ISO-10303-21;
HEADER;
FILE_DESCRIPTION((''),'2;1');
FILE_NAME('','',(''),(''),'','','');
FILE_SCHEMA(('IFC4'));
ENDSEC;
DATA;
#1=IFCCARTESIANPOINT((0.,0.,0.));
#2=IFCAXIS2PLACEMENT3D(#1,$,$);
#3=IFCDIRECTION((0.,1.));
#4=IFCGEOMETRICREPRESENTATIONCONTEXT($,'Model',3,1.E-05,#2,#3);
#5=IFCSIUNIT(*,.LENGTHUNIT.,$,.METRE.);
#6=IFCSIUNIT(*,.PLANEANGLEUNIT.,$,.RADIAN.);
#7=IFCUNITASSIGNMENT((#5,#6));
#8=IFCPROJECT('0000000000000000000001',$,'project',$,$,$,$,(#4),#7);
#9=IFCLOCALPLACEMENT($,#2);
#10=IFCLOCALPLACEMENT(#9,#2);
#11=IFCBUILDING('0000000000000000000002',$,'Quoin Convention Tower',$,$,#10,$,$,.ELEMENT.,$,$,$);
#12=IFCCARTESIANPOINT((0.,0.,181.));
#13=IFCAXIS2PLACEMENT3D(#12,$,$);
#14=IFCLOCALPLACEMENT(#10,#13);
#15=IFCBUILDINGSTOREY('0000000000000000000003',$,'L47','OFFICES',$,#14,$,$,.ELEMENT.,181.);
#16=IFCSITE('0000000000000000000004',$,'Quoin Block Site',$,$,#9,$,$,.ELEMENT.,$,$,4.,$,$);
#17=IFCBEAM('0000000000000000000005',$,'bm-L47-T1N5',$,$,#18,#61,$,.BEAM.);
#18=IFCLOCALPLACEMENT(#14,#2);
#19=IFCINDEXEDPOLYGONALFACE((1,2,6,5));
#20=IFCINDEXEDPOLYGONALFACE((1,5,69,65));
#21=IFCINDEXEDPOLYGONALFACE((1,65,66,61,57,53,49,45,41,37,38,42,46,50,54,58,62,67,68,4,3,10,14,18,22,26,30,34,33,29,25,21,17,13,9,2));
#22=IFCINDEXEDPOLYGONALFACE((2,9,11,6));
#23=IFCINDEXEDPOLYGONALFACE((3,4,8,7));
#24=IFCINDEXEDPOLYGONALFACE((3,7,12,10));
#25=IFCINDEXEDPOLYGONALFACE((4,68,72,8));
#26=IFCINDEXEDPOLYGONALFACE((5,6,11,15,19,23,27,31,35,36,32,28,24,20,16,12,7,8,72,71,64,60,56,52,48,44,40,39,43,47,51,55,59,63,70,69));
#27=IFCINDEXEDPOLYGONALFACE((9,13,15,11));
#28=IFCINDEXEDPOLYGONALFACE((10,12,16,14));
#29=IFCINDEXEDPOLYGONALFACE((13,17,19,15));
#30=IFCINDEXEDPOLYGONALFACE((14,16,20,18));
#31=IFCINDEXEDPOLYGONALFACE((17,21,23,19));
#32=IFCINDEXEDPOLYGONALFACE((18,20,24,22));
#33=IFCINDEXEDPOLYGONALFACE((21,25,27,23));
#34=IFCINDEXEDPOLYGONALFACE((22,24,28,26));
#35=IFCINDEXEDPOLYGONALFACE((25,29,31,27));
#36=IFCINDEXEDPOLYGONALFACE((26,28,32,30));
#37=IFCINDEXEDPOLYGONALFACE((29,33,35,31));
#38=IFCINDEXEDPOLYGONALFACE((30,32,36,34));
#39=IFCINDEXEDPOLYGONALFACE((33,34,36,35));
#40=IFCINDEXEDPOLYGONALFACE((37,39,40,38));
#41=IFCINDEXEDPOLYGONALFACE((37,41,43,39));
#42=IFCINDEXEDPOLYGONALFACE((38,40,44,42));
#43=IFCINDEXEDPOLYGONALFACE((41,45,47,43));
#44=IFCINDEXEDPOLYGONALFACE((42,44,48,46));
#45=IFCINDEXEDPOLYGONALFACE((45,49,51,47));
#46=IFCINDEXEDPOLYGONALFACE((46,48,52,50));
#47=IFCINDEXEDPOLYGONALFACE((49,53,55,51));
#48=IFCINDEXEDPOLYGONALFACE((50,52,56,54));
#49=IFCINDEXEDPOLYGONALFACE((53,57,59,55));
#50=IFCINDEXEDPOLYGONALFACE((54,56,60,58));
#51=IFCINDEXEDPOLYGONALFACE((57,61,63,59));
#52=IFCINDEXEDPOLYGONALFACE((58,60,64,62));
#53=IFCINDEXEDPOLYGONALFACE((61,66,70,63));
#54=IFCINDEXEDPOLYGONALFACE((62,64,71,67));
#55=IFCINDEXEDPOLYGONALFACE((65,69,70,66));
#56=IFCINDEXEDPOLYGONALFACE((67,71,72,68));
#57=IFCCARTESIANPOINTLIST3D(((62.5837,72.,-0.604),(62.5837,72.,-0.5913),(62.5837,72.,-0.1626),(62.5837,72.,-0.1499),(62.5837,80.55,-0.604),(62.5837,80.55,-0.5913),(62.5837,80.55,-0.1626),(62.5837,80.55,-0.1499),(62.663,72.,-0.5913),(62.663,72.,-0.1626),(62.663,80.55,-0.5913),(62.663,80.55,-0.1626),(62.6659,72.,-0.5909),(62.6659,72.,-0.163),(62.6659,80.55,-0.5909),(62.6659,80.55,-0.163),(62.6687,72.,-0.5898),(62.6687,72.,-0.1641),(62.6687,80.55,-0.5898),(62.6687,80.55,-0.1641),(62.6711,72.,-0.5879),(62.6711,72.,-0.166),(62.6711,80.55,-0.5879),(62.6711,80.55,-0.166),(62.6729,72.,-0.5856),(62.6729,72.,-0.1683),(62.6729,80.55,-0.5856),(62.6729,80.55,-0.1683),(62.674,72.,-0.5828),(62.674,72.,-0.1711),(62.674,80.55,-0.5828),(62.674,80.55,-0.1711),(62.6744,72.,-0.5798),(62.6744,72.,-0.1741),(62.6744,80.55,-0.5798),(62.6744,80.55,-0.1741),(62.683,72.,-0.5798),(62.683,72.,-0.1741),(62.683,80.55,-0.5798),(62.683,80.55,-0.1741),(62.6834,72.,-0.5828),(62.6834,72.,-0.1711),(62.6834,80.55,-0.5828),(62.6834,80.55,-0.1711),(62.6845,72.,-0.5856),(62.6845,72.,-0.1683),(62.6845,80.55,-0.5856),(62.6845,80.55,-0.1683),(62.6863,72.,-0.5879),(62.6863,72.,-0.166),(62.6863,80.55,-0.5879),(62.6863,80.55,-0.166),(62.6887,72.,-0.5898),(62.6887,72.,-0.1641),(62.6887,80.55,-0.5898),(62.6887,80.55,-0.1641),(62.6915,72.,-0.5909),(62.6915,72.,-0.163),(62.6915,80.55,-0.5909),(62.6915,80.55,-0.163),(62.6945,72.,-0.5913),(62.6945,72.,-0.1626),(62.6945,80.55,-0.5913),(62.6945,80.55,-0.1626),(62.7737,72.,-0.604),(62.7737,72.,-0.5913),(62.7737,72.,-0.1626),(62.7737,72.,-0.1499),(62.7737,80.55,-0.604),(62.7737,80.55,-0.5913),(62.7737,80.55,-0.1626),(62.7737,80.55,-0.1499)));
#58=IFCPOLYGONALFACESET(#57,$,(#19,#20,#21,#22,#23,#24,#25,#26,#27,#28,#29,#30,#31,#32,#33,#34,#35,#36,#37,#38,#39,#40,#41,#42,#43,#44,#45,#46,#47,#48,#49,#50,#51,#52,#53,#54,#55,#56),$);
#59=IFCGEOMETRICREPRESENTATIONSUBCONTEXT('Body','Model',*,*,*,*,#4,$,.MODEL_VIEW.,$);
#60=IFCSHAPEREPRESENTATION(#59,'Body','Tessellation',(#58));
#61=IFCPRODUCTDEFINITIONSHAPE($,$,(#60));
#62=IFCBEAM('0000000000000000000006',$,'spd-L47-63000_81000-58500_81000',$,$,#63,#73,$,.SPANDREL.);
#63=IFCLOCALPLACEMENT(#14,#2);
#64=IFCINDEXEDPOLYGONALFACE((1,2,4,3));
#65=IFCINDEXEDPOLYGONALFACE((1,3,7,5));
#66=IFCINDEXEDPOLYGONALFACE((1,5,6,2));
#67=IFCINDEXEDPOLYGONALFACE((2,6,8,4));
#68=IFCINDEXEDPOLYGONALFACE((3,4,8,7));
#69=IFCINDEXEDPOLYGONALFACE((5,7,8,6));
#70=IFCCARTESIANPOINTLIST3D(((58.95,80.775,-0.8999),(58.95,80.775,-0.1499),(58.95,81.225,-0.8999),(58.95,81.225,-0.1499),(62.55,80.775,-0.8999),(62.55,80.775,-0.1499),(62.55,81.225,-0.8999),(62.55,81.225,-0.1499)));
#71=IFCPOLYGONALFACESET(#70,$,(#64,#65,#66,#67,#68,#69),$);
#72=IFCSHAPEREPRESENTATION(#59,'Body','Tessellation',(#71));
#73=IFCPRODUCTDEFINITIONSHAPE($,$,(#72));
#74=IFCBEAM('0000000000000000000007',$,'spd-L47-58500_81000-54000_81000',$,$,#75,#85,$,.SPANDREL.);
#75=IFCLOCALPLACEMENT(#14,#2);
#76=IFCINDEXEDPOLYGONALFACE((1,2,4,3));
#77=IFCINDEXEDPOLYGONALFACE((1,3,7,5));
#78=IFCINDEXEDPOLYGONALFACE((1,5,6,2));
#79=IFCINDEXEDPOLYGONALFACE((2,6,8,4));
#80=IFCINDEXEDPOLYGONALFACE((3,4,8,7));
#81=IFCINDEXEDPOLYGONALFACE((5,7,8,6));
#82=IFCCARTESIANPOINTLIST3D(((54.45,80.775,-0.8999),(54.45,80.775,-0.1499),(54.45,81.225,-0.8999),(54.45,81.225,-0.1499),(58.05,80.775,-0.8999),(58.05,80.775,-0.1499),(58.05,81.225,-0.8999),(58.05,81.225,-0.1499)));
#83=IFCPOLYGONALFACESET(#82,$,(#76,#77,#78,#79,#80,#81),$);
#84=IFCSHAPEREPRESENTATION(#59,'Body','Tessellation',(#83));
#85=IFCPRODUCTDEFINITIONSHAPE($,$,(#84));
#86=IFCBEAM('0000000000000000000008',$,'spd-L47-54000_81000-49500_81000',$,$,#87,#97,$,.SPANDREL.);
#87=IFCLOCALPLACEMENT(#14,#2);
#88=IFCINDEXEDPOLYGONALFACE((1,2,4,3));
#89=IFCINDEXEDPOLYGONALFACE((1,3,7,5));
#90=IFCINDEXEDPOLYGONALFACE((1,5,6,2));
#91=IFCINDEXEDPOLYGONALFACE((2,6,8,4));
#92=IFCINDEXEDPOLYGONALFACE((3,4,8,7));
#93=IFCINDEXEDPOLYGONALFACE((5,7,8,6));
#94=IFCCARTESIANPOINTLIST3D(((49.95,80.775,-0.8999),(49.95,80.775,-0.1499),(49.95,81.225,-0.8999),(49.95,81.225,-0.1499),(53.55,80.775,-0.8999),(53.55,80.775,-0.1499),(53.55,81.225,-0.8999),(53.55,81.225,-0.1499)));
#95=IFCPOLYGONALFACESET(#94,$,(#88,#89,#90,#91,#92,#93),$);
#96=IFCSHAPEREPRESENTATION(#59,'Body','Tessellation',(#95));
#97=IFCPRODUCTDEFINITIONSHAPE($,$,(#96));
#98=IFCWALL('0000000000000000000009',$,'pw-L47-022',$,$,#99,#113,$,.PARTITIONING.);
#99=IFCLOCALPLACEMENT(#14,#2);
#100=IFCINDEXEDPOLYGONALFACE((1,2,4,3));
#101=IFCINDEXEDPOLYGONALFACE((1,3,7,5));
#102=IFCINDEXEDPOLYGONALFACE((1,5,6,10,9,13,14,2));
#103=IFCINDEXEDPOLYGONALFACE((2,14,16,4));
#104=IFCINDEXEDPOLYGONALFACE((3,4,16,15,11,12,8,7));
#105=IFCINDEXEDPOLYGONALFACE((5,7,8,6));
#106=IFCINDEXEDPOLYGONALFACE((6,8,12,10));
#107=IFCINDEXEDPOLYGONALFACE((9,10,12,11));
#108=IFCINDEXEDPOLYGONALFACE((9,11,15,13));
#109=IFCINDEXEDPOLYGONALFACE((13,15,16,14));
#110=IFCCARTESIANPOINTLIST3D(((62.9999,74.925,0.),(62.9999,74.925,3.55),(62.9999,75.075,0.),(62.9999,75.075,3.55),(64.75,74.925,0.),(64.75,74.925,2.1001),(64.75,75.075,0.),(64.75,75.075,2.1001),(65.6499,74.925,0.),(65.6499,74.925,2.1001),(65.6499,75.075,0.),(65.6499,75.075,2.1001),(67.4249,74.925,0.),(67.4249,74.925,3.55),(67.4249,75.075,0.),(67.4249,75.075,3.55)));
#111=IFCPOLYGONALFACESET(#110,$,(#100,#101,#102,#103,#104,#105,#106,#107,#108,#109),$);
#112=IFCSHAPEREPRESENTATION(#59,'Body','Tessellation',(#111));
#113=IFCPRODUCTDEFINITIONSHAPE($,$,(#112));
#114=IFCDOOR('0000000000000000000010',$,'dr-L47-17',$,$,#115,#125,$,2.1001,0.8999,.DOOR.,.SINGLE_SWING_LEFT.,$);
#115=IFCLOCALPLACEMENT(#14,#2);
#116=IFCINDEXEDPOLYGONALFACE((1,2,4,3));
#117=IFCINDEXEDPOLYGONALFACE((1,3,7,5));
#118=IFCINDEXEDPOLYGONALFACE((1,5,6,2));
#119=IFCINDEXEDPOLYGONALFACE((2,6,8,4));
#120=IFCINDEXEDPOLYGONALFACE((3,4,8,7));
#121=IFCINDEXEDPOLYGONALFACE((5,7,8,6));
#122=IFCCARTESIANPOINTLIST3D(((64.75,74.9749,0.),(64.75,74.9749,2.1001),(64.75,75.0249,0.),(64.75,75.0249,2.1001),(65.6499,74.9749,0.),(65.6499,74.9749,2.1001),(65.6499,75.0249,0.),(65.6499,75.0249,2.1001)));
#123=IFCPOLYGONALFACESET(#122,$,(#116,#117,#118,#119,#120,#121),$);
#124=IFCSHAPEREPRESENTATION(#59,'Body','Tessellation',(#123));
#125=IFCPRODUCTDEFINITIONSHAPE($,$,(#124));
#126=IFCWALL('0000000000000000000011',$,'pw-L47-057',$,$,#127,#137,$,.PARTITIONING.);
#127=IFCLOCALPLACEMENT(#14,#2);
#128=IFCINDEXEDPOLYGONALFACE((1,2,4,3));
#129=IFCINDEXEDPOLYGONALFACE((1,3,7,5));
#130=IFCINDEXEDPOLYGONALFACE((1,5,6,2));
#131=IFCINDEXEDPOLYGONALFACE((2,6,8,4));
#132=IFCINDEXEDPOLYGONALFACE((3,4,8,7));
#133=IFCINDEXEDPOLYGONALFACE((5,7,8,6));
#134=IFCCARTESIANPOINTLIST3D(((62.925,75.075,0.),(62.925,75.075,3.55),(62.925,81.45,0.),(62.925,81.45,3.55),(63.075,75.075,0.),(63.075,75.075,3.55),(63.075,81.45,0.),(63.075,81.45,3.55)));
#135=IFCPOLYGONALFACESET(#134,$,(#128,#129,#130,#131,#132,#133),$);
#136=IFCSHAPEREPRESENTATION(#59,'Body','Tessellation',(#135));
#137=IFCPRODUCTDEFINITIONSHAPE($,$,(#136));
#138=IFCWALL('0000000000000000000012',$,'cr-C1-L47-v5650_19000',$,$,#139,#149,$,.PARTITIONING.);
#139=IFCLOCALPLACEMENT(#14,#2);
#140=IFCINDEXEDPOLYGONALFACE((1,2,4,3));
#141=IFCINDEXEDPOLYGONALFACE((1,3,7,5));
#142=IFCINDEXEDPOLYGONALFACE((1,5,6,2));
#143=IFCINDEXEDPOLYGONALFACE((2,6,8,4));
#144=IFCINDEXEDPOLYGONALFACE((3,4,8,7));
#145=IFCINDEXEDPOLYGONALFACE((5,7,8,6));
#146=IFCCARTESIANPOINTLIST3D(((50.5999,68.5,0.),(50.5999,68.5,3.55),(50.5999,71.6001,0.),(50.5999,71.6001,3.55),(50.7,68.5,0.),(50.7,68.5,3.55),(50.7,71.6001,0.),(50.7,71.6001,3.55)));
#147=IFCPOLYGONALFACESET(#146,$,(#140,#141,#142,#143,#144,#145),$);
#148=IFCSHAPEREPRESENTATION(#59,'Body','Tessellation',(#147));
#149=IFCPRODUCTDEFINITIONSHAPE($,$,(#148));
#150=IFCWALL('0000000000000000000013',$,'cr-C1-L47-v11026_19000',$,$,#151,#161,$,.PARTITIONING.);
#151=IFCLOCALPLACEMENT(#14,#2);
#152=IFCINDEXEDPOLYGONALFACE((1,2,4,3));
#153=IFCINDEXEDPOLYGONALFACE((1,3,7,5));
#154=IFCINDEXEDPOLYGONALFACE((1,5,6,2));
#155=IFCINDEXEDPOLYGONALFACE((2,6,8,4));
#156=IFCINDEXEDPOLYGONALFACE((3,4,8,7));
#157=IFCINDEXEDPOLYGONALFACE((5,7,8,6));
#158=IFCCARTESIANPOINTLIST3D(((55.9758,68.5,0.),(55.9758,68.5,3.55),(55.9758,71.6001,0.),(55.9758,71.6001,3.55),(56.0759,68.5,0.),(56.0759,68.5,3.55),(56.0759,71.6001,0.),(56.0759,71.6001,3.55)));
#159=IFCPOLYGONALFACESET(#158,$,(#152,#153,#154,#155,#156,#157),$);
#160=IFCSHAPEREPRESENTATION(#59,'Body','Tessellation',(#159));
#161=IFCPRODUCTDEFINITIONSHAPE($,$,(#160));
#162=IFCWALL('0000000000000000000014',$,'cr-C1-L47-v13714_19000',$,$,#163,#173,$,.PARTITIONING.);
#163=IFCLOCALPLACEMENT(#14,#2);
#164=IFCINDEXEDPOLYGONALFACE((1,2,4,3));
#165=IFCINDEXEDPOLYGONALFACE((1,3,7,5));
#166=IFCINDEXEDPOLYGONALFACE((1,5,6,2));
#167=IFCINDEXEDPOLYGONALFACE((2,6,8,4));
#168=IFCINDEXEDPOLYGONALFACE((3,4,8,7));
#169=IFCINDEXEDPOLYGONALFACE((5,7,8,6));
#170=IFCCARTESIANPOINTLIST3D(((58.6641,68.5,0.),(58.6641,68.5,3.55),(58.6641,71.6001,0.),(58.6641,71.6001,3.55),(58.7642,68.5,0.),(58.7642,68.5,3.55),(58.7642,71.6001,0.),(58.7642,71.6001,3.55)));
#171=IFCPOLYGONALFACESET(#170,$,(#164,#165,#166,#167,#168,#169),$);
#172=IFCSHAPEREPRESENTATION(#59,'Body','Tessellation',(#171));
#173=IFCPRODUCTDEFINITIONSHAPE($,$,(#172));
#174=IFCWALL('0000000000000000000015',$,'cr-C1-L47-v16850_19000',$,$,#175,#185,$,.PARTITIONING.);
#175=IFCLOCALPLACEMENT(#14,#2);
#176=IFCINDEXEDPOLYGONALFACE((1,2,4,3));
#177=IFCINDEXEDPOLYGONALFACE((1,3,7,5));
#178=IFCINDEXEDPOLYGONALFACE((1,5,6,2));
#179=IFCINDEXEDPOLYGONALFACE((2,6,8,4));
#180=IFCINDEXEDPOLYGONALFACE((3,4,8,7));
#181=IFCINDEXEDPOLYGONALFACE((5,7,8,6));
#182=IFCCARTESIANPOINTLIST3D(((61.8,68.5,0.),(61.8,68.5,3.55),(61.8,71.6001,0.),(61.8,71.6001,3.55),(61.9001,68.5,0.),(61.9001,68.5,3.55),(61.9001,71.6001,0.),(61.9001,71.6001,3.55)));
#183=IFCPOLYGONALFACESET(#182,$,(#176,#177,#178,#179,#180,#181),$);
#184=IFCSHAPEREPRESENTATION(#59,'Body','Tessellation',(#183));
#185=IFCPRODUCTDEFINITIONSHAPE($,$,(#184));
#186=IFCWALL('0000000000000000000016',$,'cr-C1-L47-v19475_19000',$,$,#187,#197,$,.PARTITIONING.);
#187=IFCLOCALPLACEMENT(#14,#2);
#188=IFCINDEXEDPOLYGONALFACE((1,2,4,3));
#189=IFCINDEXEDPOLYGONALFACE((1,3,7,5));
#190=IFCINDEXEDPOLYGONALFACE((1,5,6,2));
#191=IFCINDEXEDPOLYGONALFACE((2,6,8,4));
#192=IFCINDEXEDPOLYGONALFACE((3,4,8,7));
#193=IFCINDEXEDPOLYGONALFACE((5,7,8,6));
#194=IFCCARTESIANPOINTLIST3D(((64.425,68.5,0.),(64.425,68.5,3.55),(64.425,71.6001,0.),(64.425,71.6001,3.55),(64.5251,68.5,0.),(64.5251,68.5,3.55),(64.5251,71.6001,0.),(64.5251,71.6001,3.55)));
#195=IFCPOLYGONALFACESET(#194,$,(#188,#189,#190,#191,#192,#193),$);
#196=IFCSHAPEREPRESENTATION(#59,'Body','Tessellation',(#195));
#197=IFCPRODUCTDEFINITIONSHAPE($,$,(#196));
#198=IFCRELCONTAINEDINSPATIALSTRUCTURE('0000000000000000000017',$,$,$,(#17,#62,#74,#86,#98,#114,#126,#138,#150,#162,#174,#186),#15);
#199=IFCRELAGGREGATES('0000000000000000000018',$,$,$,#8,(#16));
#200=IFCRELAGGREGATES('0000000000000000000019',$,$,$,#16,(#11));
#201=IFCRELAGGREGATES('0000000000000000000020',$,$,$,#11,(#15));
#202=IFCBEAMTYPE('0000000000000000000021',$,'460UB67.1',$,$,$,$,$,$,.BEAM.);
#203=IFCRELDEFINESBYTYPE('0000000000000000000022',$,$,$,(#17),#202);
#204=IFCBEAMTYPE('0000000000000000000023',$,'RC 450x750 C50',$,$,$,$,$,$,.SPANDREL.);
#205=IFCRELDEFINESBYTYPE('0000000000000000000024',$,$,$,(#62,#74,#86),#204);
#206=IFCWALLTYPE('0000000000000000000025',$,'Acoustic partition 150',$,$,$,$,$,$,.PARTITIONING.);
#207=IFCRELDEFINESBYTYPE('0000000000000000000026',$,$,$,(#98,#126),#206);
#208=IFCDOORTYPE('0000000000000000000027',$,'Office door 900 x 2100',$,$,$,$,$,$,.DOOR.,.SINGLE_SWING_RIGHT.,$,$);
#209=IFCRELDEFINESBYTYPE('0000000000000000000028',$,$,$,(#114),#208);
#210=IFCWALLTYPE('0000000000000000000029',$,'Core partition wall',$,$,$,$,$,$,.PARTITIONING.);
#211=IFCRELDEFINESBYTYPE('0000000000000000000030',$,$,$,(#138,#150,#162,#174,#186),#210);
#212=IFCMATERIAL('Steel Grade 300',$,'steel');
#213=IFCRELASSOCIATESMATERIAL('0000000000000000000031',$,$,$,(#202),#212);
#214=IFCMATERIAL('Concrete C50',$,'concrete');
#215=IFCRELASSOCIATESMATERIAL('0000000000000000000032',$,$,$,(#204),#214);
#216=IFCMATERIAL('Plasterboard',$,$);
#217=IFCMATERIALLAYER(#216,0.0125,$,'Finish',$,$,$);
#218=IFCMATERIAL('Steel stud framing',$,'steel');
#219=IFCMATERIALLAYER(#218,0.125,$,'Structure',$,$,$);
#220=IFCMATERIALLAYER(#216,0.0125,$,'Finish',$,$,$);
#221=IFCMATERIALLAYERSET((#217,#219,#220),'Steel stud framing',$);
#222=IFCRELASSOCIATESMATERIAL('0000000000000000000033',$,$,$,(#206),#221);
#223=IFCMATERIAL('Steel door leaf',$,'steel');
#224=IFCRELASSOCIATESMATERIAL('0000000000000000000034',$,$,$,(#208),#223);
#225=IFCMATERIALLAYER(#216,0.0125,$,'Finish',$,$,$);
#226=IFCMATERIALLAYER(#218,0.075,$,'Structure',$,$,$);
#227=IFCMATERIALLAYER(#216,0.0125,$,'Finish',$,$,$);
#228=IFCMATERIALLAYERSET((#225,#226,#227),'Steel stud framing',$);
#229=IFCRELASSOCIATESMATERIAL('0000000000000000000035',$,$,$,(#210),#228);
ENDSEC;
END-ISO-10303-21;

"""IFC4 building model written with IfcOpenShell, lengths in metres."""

from ifc_helpers import new_model, si_unit, direction, frame, frame_2d, origin, origin_2d, place, context, subcontext, project, spatial, rectangle, i_section, extrude, material, layer, layer_set, material_profile, profile_set, type_object, element, fill, save


model = new_model("IFC4")

# Units and contexts
model_context = context("Model", 3, precision=1e-05, world=origin(), true_north=direction((0.0, 1.0)))
body_context = subcontext(model_context, "Body", "Model", "MODEL_VIEW")
ifc_project = project(units=[si_unit("LENGTHUNIT", "METRE"), si_unit("PLANEANGLEUNIT", "RADIAN")], contexts=[model_context])

# Site, building, storey
site_placement = place(None, origin())
site = spatial("IfcSite", under=ifc_project, at=site_placement, Name="Quoin Block Site", CompositionType="ELEMENT", RefElevation=4.0)
building_placement = place(site_placement, origin())
building = spatial("IfcBuilding", under=site, at=building_placement, Name="Quoin Convention Tower", CompositionType="ELEMENT")
storey_placement = place(building_placement, frame((0.0, 0.0, 181.0)))
storey = spatial("IfcBuildingStorey", under=building, at=storey_placement, Name="L47", Description="OFFICES", CompositionType="ELEMENT", Elevation=181.0)

# Shared definitions
ifc_material_1 = material(Name="Concrete C50", Category="concrete")

# Beams
ifc_material_2 = material(Name="Steel Grade 300", Category="steel")
ifc_material_profile_1 = material_profile(ifc_material_2, i_section(OverallWidth=0.1899, OverallDepth=0.4541, WebThickness=0.0085, FlangeThickness=0.0127, FilletRadius=0.0115, at=origin_2d()), Name="460UB67.1")
ifc_profile_set_1 = profile_set([ifc_material_profile_1], Name="Steel Grade 300")
beam_type_1 = type_object("IfcBeamType", Name="460UB67.1", PredefinedType="BEAM", material=ifc_profile_set_1)
beam_placement = place(storey_placement, frame((62.6787, 72.0, -0.377), z_axis=(0.0, 1.0, 0.0), x_axis=(-1.0, 0.0, 0.0)))
element("IfcBeam", 1, at=beam_placement, inside=storey, type_object=beam_type_1, Name="bm-L47-T1N5", PredefinedType="BEAM", context=body_context, shape_type="SweptSolid", body=[
    extrude(i_section(OverallWidth=0.1899, OverallDepth=0.4541, WebThickness=0.0085, FlangeThickness=0.0127, FilletRadius=0.0115, at=origin_2d()), origin(), (0.0, 0.0, 1.0), 8.55),
])
ifc_material_profile_2 = material_profile(ifc_material_1, rectangle(XDim=0.45, YDim=0.75, at=origin_2d()), Name="RC 450x750")
ifc_profile_set_2 = profile_set([ifc_material_profile_2], Name="Concrete C50")
beam_type_2 = type_object("IfcBeamType", Name="RC 450x750 C50", PredefinedType="SPANDREL", material=ifc_profile_set_2)
for number, where, z_axis, x_axis, name in (
    (2, (62.55, 81.0, -0.5249), (-1.0, 0.0, 0.0), (0.0, -1.0, 0.0), "spd-L47-63000_81000-58500_81000"),
    (3, (58.05, 81.0, -0.5249), (-1.0, 0.0, 0.0), (0.0, -1.0, 0.0), "spd-L47-58500_81000-54000_81000"),
    (4, (53.55, 81.0, -0.5249), (-1.0, 0.0, 0.0), (0.0, -1.0, 0.0), "spd-L47-54000_81000-49500_81000"),
):
    element("IfcBeam", number, at=place(storey_placement, frame(where, z_axis=z_axis, x_axis=x_axis)), inside=storey, type_object=beam_type_2, Name=name, PredefinedType="SPANDREL", context=body_context, shape_type="SweptSolid", body=[
        extrude(rectangle(XDim=0.45, YDim=0.75, at=origin_2d()), origin(), (0.0, 0.0, 1.0), 3.6001),
    ])

# Wall, opening, door
ifc_material_3 = material(Name="Plasterboard")
ifc_layer_1 = layer(ifc_material_3, 0.0125, Name="Finish")
ifc_material_4 = material(Name="Steel stud framing", Category="steel")
ifc_layer_2 = layer(ifc_material_4, 0.125, Name="Structure")
ifc_layer_3 = layer(ifc_material_3, 0.0125, Name="Finish")
ifc_layer_set_1 = layer_set([ifc_layer_1, ifc_layer_2, ifc_layer_3], Name="Steel stud framing")
wall_type_1 = type_object("IfcWallType", Name="Acoustic partition 150", PredefinedType="PARTITIONING", material=ifc_layer_set_1)
wall_1_placement = place(storey_placement, frame((63.0, 75.0, 0.0), z_axis=(0.0, 0.0, 1.0), x_axis=(1.0, 0.0, 0.0)))
wall_1 = element("IfcWall", 5, at=wall_1_placement, inside=storey, type_object=wall_type_1, Name="pw-L47-022", PredefinedType="PARTITIONING", context=body_context, shape_type="SweptSolid", body=[
    extrude(rectangle(XDim=4.425, YDim=0.1499, at=frame_2d((2.2124, 0.0))), origin(), (0.0, 0.0, 1.0), 3.55),
])
opening_placement = place(wall_1_placement, frame((1.75, 0.0, 0.0)))
opening = element("IfcOpeningElement", 6, at=opening_placement, cuts=wall_1, PredefinedType="OPENING", context=body_context, shape_type="SweptSolid", body=[
    extrude(rectangle(XDim=0.8999, YDim=2.1001, at=frame_2d((0.45, 1.05))), frame((0.0, 0.085, 0.0), z_axis=(0.0, -1.0, 0.0), x_axis=(1.0, 0.0, 0.0)), (0.0, 0.0, 1.0), 0.1699),
])
ifc_material_5 = material(Name="Steel door leaf", Category="steel")
door_type = type_object("IfcDoorType", Name="Office door 900 x 2100", OperationType="SINGLE_SWING_RIGHT", PredefinedType="DOOR", material=ifc_material_5)
door_placement = place(opening_placement, origin())
door = element("IfcDoor", 7, at=door_placement, inside=storey, type_object=door_type, Name="dr-L47-17", OperationType="SINGLE_SWING_LEFT", OverallHeight=2.1001, OverallWidth=0.8999, PredefinedType="DOOR", context=body_context, shape_type="SweptSolid", body=[
    extrude(rectangle(XDim=0.8999, YDim=2.1001, at=frame_2d((0.45, 1.05))), frame((0.0, 0.0249, 0.0), z_axis=(0.0, -1.0, 0.0), x_axis=(1.0, 0.0, 0.0)), (0.0, 0.0, 1.0), 0.05),
])
fill(opening, door)

# Walls
wall_2_placement = place(storey_placement, frame((63.0, 75.075, 0.0), z_axis=(0.0, 0.0, 1.0), x_axis=(0.0, 1.0, 0.0)))
element("IfcWall", 8, at=wall_2_placement, inside=storey, type_object=wall_type_1, Name="pw-L47-057", PredefinedType="PARTITIONING", context=body_context, shape_type="SweptSolid", body=[
    extrude(rectangle(XDim=6.375, YDim=0.1499, at=frame_2d((3.1875, 0.0))), origin(), (0.0, 0.0, 1.0), 3.55),
])
ifc_layer_4 = layer(ifc_material_3, 0.0125, Name="Finish")
ifc_layer_5 = layer(ifc_material_4, 0.075, Name="Structure")
ifc_layer_6 = layer(ifc_material_3, 0.0125, Name="Finish")
ifc_layer_set_2 = layer_set([ifc_layer_4, ifc_layer_5, ifc_layer_6], Name="Steel stud framing")
wall_type_2 = type_object("IfcWallType", Name="Core partition wall", PredefinedType="PARTITIONING", material=ifc_layer_set_2)
for number, where, z_axis, x_axis, name in (
    (9, (50.6499, 68.5, 0.0), (0.0, 0.0, 1.0), (0.0, 1.0, 0.0), "cr-C1-L47-v5650_19000"),
    (10, (56.0259, 68.5, 0.0), (0.0, 0.0, 1.0), (0.0, 1.0, 0.0), "cr-C1-L47-v11026_19000"),
    (11, (58.7141, 68.5, 0.0), (0.0, 0.0, 1.0), (0.0, 1.0, 0.0), "cr-C1-L47-v13714_19000"),
    (12, (61.8501, 68.5, 0.0), (0.0, 0.0, 1.0), (0.0, 1.0, 0.0), "cr-C1-L47-v16850_19000"),
    (13, (64.4751, 68.5, 0.0), (0.0, 0.0, 1.0), (0.0, 1.0, 0.0), "cr-C1-L47-v19475_19000"),
):
    element("IfcWall", number, at=place(storey_placement, frame(where, z_axis=z_axis, x_axis=x_axis)), inside=storey, type_object=wall_type_2, Name=name, PredefinedType="PARTITIONING", context=body_context, shape_type="SweptSolid", body=[
        extrude(rectangle(XDim=3.1001, YDim=0.1001, at=frame_2d((1.55, 0.0))), origin(), (0.0, 0.0, 1.0), 3.55),
    ])

save(model, "model.ifc")
